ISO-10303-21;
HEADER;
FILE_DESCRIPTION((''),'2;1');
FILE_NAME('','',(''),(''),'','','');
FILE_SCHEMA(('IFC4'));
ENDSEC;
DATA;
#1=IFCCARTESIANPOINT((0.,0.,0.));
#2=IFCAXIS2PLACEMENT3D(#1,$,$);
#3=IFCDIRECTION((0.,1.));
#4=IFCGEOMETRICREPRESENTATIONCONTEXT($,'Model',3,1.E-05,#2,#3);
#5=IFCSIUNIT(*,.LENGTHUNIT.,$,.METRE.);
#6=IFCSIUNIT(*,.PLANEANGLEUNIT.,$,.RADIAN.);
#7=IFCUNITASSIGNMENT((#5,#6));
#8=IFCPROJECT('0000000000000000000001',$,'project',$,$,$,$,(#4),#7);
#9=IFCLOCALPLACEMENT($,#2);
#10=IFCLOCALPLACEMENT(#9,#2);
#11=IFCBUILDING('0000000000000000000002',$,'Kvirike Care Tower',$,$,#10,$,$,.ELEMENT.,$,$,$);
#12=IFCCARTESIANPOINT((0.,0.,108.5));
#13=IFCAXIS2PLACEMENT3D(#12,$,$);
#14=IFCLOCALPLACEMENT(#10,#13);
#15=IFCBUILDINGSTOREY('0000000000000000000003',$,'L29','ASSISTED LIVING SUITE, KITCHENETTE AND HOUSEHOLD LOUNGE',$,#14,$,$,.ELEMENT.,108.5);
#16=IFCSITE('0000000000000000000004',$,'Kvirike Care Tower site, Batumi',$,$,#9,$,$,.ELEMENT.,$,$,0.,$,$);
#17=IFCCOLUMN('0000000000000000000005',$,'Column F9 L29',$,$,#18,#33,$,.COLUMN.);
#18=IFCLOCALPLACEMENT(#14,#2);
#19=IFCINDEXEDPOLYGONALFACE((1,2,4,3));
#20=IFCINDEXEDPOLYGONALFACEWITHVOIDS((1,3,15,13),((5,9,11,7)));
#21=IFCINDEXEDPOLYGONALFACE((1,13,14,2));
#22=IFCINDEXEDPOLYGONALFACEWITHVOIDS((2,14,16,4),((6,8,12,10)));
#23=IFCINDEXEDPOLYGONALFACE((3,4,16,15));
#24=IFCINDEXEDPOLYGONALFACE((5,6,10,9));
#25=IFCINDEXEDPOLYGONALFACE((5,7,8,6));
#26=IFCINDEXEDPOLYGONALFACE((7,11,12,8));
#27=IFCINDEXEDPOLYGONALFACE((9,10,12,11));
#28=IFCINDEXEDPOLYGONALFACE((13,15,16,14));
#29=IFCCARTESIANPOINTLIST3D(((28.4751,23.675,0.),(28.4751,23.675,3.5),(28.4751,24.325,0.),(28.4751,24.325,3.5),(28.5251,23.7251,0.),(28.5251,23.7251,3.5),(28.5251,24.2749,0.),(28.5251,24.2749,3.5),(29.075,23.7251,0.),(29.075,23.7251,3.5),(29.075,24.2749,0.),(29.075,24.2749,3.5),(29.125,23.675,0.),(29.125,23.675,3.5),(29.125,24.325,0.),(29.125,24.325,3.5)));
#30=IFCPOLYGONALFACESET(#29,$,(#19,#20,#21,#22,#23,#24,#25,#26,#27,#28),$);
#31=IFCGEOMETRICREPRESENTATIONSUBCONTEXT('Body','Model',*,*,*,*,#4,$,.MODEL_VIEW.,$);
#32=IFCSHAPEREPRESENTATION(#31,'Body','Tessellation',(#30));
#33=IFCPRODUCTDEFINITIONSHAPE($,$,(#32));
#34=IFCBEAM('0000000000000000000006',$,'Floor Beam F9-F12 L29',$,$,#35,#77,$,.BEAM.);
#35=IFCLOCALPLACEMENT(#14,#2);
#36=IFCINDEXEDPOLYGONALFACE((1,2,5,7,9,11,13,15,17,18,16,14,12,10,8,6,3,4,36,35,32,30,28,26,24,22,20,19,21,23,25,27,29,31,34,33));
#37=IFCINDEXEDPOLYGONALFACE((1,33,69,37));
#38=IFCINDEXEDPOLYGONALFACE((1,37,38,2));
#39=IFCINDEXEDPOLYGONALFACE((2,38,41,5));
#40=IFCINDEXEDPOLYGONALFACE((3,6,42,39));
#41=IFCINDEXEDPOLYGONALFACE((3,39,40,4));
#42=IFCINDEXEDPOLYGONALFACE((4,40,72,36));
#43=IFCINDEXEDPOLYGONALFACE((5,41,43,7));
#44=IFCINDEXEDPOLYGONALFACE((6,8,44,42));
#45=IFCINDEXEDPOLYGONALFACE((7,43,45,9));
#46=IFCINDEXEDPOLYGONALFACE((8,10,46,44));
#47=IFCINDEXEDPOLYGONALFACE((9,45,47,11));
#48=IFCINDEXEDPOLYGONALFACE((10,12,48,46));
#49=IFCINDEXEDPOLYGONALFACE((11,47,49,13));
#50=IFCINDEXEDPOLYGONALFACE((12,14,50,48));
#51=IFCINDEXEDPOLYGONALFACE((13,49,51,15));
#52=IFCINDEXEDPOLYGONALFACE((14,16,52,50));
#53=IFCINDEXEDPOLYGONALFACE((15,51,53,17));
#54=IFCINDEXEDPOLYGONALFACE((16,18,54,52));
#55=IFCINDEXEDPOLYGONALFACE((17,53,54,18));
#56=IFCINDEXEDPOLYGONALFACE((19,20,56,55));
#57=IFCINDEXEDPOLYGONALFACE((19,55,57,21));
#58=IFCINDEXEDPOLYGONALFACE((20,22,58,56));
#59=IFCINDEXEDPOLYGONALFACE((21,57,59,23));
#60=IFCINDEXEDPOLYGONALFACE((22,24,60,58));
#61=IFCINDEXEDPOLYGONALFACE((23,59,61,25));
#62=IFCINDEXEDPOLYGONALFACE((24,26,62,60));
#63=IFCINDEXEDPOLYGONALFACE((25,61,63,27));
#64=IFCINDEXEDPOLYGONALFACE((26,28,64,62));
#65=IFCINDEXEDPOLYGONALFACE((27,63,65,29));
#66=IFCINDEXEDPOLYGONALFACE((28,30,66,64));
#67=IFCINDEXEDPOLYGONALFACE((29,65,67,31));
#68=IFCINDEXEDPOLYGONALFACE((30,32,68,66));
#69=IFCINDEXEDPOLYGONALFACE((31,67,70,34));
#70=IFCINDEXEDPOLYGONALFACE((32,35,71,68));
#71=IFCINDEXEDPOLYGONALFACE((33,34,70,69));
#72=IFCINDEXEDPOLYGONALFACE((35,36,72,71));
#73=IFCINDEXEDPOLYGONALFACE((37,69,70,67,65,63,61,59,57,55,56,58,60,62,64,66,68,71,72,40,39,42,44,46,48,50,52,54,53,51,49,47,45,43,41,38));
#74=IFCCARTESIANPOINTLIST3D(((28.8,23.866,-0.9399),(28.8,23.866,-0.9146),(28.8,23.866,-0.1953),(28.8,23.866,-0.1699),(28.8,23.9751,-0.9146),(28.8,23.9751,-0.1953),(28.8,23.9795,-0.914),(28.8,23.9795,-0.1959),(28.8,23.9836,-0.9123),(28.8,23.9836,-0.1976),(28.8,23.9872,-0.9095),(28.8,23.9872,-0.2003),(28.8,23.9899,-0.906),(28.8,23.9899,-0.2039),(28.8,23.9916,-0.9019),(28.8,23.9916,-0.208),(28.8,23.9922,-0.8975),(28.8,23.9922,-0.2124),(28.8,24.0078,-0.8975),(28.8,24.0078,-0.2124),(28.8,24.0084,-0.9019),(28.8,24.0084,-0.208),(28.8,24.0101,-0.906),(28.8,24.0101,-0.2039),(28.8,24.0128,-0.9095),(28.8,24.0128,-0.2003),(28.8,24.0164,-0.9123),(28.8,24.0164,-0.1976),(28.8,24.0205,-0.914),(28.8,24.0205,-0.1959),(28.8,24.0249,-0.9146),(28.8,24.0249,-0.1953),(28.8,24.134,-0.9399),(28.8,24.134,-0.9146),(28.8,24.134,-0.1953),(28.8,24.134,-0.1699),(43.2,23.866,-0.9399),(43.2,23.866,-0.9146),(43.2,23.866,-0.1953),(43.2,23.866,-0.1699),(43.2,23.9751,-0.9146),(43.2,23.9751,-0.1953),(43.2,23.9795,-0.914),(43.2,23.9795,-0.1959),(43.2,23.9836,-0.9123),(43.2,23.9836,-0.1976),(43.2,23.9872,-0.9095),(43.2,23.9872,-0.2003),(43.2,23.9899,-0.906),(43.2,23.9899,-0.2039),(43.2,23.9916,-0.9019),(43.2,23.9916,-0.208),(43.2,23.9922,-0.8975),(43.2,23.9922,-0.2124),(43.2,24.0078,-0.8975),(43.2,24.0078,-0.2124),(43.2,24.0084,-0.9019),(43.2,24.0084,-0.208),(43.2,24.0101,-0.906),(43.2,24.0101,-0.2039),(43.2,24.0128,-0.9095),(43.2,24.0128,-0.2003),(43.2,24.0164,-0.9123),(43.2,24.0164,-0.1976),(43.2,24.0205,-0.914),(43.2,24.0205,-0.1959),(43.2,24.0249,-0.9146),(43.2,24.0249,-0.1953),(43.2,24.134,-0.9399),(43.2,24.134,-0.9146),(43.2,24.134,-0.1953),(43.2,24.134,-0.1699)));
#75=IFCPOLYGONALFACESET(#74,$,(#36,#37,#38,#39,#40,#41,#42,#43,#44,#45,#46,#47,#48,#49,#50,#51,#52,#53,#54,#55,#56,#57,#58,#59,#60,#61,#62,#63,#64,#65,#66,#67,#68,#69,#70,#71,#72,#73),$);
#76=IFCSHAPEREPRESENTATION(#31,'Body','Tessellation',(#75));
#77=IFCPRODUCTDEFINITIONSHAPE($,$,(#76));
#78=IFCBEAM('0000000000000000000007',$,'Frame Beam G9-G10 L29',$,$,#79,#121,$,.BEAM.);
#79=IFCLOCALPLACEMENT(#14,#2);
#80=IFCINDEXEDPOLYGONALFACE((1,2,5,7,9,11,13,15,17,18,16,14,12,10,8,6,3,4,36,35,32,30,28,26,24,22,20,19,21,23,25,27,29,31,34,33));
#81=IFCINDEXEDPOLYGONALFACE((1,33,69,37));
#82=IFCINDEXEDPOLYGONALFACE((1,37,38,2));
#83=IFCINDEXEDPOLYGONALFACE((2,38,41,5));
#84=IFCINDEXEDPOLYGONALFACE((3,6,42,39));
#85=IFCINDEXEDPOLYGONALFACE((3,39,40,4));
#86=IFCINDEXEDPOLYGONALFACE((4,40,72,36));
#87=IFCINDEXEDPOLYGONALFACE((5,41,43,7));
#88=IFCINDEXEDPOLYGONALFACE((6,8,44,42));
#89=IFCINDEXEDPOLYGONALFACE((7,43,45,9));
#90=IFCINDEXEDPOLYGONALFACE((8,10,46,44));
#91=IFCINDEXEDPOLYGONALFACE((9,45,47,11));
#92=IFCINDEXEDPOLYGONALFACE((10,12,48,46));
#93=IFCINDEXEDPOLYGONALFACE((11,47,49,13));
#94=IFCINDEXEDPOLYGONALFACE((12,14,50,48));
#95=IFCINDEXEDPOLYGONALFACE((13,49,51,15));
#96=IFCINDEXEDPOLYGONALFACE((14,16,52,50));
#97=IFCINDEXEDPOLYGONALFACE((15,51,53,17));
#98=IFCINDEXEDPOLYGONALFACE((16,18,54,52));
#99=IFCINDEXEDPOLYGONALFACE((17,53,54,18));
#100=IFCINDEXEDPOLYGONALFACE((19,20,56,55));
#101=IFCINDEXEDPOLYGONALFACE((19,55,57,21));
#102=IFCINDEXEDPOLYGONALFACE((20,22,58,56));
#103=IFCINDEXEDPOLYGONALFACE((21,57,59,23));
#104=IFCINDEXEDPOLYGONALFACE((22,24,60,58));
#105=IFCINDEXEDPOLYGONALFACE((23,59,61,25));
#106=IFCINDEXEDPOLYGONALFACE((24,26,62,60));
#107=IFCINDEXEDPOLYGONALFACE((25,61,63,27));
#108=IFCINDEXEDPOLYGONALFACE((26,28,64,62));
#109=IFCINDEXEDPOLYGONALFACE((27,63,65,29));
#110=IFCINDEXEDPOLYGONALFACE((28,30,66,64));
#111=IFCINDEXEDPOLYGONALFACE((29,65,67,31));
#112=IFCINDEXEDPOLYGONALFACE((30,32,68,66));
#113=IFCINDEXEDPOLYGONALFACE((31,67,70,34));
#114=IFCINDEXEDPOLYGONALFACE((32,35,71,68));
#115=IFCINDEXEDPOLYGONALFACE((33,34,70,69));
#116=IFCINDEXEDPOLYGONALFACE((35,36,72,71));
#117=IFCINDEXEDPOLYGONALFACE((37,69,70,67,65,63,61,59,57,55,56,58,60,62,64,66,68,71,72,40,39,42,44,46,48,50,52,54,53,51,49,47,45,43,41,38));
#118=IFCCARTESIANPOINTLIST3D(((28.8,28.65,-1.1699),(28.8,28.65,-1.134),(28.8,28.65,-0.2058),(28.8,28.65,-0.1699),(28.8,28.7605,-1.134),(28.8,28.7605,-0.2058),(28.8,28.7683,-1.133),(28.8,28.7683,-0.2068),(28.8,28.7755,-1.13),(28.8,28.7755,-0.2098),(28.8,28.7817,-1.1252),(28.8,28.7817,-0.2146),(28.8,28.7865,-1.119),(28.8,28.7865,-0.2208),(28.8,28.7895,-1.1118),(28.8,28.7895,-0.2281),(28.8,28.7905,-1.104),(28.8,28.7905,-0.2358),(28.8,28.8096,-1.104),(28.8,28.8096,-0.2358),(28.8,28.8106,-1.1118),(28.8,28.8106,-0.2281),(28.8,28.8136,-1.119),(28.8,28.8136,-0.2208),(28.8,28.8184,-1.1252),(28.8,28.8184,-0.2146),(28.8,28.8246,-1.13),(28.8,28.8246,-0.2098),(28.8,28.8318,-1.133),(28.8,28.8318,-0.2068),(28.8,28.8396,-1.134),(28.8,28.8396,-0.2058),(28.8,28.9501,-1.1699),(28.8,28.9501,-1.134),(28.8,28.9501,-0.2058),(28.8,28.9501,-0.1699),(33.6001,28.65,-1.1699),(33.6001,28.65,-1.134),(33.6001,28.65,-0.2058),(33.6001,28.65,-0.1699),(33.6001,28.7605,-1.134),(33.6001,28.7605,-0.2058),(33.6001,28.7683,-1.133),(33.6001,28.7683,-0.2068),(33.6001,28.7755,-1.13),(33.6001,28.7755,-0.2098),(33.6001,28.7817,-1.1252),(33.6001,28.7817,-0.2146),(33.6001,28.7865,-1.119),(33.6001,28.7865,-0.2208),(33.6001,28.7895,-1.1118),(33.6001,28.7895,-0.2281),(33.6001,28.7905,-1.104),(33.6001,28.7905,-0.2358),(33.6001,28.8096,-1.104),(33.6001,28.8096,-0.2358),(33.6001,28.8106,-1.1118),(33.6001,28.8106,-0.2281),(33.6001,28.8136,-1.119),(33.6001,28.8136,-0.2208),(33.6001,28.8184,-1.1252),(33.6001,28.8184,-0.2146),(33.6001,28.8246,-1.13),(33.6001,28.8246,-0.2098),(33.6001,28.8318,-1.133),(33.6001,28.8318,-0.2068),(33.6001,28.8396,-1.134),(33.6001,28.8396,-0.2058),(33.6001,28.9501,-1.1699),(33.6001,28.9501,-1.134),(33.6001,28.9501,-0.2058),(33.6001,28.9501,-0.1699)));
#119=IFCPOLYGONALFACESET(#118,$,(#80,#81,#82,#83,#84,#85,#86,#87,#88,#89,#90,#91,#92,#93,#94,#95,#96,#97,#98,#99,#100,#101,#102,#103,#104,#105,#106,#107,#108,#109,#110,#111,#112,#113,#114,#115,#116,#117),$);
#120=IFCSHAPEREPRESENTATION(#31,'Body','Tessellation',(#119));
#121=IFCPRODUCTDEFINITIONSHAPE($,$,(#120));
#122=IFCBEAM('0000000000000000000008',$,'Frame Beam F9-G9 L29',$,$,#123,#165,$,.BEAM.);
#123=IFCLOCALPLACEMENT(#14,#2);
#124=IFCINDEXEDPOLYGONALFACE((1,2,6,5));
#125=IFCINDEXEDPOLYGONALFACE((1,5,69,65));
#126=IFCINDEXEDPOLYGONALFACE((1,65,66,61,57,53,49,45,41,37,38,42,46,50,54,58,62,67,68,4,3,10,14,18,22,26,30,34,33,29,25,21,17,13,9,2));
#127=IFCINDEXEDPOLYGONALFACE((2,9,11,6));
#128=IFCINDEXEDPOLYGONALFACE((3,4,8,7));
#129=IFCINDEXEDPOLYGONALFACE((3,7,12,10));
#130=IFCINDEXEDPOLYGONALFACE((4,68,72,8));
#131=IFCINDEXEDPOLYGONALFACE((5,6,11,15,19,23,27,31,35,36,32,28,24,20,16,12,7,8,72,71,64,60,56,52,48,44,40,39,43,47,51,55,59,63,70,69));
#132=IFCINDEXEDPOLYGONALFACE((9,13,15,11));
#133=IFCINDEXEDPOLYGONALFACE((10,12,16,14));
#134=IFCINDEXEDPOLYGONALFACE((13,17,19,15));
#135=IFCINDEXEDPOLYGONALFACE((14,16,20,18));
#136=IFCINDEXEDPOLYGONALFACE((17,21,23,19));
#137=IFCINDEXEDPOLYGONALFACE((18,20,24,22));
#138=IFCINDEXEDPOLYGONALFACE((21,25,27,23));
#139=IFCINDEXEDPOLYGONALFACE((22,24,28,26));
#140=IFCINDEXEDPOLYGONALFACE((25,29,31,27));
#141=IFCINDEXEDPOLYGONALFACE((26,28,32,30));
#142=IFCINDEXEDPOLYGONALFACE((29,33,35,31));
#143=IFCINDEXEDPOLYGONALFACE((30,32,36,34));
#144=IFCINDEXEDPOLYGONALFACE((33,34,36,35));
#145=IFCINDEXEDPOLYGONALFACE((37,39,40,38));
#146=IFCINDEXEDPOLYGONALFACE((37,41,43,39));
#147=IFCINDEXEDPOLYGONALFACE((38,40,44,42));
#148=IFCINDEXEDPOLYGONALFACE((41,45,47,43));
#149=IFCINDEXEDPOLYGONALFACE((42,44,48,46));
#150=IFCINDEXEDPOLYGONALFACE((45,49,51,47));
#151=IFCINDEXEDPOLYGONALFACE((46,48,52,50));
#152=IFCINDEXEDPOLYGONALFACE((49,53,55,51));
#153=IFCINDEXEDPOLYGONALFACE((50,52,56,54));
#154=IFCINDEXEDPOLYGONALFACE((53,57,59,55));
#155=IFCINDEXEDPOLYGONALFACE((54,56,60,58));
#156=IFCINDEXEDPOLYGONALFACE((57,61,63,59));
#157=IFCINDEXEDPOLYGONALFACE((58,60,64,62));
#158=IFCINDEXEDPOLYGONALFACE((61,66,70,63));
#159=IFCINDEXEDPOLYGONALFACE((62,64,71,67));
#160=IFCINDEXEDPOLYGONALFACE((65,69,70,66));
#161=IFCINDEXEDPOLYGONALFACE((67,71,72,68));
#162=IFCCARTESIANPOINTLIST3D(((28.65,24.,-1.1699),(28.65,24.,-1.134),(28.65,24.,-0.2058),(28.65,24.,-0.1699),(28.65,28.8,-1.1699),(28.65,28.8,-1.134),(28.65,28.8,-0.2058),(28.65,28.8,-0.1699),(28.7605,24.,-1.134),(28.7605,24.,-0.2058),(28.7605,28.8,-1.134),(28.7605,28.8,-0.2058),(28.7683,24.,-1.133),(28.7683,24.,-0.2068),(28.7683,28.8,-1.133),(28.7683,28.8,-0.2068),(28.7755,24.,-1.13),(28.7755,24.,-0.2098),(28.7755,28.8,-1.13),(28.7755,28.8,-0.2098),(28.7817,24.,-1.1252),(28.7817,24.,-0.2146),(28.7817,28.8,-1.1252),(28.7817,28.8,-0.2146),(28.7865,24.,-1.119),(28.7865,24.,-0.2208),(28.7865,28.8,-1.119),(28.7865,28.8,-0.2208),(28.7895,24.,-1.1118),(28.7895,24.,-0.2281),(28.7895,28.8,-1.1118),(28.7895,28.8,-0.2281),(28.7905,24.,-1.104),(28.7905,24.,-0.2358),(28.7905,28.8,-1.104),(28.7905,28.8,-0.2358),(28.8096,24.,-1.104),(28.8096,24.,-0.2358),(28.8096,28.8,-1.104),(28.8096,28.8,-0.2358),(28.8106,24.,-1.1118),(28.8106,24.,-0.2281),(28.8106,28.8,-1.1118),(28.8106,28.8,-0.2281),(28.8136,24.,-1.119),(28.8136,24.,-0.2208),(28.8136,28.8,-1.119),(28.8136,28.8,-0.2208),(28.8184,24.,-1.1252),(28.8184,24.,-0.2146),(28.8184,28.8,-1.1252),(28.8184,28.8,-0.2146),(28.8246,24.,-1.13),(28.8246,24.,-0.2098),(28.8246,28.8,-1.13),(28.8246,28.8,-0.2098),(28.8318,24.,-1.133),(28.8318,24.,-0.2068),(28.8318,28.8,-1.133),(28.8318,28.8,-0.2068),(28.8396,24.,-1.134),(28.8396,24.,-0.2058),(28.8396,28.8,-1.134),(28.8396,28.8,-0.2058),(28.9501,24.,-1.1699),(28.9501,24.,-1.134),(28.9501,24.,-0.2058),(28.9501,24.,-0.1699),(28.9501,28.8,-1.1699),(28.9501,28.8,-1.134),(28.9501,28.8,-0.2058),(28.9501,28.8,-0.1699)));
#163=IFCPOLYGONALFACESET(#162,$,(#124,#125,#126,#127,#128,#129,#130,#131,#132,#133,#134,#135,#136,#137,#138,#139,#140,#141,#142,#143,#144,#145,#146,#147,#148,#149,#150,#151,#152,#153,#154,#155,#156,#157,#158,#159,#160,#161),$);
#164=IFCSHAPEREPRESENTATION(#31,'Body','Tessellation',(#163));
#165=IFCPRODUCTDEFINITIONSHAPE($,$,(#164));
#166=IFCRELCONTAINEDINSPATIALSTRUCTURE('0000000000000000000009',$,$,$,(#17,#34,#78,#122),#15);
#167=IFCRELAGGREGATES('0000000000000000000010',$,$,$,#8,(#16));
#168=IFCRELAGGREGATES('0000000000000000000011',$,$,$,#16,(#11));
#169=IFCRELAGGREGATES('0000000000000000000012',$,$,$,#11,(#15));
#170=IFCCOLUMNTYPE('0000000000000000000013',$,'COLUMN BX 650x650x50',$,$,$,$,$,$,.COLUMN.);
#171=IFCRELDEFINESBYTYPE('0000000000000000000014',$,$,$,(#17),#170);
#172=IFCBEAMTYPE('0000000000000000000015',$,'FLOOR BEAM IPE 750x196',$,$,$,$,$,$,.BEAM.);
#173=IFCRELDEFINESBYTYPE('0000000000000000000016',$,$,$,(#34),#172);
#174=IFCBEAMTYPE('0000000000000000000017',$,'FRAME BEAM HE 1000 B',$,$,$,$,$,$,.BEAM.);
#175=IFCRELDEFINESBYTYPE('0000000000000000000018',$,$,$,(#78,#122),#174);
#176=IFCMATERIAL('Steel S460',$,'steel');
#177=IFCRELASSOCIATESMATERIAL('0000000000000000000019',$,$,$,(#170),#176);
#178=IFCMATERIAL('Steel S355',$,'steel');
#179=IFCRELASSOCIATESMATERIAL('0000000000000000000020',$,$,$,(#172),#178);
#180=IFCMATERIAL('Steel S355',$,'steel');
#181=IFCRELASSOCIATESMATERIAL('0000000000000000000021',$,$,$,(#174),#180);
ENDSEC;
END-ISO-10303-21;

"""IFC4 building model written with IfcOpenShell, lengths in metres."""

from ifc_helpers import new_model, si_unit, direction, frame, origin, origin_2d, place, context, subcontext, project, spatial, hollow_rectangle, i_section, extrude, material, material_profile, profile_set, type_object, element, save


model = new_model("IFC4")

# Units and contexts
model_context = context("Model", 3, precision=1e-05, world=origin(), true_north=direction((0.0, 1.0)))
body_context = subcontext(model_context, "Body", "Model", "MODEL_VIEW")
ifc_project = project(units=[si_unit("LENGTHUNIT", "METRE"), si_unit("PLANEANGLEUNIT", "RADIAN")], contexts=[model_context])

# Site, building, storey
site_placement = place(None, origin())
site = spatial("IfcSite", under=ifc_project, at=site_placement, Name="Kvirike Care Tower site, Batumi", CompositionType="ELEMENT", RefElevation=0.0)
building_placement = place(site_placement, origin())
building = spatial("IfcBuilding", under=site, at=building_placement, Name="Kvirike Care Tower", CompositionType="ELEMENT")
storey_placement = place(building_placement, frame((0.0, 0.0, 108.5)))
storey = spatial("IfcBuildingStorey", under=building, at=storey_placement, Name="L29", Description="ASSISTED LIVING SUITE, KITCHENETTE AND HOUSEHOLD LOUNGE", CompositionType="ELEMENT", Elevation=108.5)

# Column
ifc_material_1 = material(Name="Steel S460", Category="steel")
ifc_material_profile_1 = material_profile(ifc_material_1, hollow_rectangle(XDim=0.6499, YDim=0.6499, WallThickness=0.05, at=origin_2d()), Name="BX 650x650x50")
ifc_profile_set_1 = profile_set([ifc_material_profile_1], Name="Steel S460")
column_type = type_object("IfcColumnType", Name="COLUMN BX 650x650x50", PredefinedType="COLUMN", material=ifc_profile_set_1)
column_placement = place(storey_placement, frame((28.8, 24.0, 0.0), z_axis=(0.0, 0.0, 1.0), x_axis=(1.0, 0.0, 0.0)))
element("IfcColumn", 1, at=column_placement, inside=storey, type_object=column_type, Name="Column F9 L29", PredefinedType="COLUMN", context=body_context, shape_type="SweptSolid", body=[
    extrude(hollow_rectangle(XDim=0.6499, YDim=0.6499, WallThickness=0.05, at=origin_2d()), origin(), (0.0, 0.0, 1.0), 3.5),
])

# Beams
ifc_material_2 = material(Name="Steel S355", Category="steel")
ifc_material_profile_2 = material_profile(ifc_material_2, i_section(OverallWidth=0.2681, OverallDepth=0.77, WebThickness=0.0156, FlangeThickness=0.0254, FilletRadius=0.0171, at=origin_2d()), Name="IPE 750x196")
ifc_profile_set_2 = profile_set([ifc_material_profile_2], Name="Steel S355")
beam_type_1 = type_object("IfcBeamType", Name="FLOOR BEAM IPE 750x196", PredefinedType="BEAM", material=ifc_profile_set_2)
beam_1_placement = place(storey_placement, frame((28.8, 24.0, -0.5549), z_axis=(1.0, 0.0, 0.0), x_axis=(0.0, 1.0, 0.0)))
element("IfcBeam", 2, at=beam_1_placement, inside=storey, type_object=beam_type_1, Name="Floor Beam F9-F12 L29", PredefinedType="BEAM", context=body_context, shape_type="SweptSolid", body=[
    extrude(i_section(OverallWidth=0.2681, OverallDepth=0.77, WebThickness=0.0156, FlangeThickness=0.0254, FilletRadius=0.0171, at=origin_2d()), origin(), (0.0, 0.0, 1.0), 14.3999),
])
ifc_material_3 = material(Name="Steel S355", Category="steel")
ifc_material_profile_3 = material_profile(ifc_material_3, i_section(OverallWidth=0.3, OverallDepth=1.0, WebThickness=0.019, FlangeThickness=0.0359, FilletRadius=0.03, at=origin_2d()), Name="HE 1000 B")
ifc_profile_set_3 = profile_set([ifc_material_profile_3], Name="Steel S355")
beam_type_2 = type_object("IfcBeamType", Name="FRAME BEAM HE 1000 B", PredefinedType="BEAM", material=ifc_profile_set_3)
for number, where, z_axis, x_axis, name in (
    (3, (28.8, 28.8, -0.6699), (1.0, 0.0, 0.0), (0.0, 1.0, 0.0), "Frame Beam G9-G10 L29"),
    (4, (28.8, 24.0, -0.6699), (0.0, 1.0, 0.0), (-1.0, 0.0, 0.0), "Frame Beam F9-G9 L29"),
):
    element("IfcBeam", number, at=place(storey_placement, frame(where, z_axis=z_axis, x_axis=x_axis)), inside=storey, type_object=beam_type_2, Name=name, PredefinedType="BEAM", context=body_context, shape_type="SweptSolid", body=[
        extrude(i_section(OverallWidth=0.3, OverallDepth=1.0, WebThickness=0.019, FlangeThickness=0.0359, FilletRadius=0.03, at=origin_2d()), origin(), (0.0, 0.0, 1.0), 4.8),
    ])

save(model, "model.ifc")
